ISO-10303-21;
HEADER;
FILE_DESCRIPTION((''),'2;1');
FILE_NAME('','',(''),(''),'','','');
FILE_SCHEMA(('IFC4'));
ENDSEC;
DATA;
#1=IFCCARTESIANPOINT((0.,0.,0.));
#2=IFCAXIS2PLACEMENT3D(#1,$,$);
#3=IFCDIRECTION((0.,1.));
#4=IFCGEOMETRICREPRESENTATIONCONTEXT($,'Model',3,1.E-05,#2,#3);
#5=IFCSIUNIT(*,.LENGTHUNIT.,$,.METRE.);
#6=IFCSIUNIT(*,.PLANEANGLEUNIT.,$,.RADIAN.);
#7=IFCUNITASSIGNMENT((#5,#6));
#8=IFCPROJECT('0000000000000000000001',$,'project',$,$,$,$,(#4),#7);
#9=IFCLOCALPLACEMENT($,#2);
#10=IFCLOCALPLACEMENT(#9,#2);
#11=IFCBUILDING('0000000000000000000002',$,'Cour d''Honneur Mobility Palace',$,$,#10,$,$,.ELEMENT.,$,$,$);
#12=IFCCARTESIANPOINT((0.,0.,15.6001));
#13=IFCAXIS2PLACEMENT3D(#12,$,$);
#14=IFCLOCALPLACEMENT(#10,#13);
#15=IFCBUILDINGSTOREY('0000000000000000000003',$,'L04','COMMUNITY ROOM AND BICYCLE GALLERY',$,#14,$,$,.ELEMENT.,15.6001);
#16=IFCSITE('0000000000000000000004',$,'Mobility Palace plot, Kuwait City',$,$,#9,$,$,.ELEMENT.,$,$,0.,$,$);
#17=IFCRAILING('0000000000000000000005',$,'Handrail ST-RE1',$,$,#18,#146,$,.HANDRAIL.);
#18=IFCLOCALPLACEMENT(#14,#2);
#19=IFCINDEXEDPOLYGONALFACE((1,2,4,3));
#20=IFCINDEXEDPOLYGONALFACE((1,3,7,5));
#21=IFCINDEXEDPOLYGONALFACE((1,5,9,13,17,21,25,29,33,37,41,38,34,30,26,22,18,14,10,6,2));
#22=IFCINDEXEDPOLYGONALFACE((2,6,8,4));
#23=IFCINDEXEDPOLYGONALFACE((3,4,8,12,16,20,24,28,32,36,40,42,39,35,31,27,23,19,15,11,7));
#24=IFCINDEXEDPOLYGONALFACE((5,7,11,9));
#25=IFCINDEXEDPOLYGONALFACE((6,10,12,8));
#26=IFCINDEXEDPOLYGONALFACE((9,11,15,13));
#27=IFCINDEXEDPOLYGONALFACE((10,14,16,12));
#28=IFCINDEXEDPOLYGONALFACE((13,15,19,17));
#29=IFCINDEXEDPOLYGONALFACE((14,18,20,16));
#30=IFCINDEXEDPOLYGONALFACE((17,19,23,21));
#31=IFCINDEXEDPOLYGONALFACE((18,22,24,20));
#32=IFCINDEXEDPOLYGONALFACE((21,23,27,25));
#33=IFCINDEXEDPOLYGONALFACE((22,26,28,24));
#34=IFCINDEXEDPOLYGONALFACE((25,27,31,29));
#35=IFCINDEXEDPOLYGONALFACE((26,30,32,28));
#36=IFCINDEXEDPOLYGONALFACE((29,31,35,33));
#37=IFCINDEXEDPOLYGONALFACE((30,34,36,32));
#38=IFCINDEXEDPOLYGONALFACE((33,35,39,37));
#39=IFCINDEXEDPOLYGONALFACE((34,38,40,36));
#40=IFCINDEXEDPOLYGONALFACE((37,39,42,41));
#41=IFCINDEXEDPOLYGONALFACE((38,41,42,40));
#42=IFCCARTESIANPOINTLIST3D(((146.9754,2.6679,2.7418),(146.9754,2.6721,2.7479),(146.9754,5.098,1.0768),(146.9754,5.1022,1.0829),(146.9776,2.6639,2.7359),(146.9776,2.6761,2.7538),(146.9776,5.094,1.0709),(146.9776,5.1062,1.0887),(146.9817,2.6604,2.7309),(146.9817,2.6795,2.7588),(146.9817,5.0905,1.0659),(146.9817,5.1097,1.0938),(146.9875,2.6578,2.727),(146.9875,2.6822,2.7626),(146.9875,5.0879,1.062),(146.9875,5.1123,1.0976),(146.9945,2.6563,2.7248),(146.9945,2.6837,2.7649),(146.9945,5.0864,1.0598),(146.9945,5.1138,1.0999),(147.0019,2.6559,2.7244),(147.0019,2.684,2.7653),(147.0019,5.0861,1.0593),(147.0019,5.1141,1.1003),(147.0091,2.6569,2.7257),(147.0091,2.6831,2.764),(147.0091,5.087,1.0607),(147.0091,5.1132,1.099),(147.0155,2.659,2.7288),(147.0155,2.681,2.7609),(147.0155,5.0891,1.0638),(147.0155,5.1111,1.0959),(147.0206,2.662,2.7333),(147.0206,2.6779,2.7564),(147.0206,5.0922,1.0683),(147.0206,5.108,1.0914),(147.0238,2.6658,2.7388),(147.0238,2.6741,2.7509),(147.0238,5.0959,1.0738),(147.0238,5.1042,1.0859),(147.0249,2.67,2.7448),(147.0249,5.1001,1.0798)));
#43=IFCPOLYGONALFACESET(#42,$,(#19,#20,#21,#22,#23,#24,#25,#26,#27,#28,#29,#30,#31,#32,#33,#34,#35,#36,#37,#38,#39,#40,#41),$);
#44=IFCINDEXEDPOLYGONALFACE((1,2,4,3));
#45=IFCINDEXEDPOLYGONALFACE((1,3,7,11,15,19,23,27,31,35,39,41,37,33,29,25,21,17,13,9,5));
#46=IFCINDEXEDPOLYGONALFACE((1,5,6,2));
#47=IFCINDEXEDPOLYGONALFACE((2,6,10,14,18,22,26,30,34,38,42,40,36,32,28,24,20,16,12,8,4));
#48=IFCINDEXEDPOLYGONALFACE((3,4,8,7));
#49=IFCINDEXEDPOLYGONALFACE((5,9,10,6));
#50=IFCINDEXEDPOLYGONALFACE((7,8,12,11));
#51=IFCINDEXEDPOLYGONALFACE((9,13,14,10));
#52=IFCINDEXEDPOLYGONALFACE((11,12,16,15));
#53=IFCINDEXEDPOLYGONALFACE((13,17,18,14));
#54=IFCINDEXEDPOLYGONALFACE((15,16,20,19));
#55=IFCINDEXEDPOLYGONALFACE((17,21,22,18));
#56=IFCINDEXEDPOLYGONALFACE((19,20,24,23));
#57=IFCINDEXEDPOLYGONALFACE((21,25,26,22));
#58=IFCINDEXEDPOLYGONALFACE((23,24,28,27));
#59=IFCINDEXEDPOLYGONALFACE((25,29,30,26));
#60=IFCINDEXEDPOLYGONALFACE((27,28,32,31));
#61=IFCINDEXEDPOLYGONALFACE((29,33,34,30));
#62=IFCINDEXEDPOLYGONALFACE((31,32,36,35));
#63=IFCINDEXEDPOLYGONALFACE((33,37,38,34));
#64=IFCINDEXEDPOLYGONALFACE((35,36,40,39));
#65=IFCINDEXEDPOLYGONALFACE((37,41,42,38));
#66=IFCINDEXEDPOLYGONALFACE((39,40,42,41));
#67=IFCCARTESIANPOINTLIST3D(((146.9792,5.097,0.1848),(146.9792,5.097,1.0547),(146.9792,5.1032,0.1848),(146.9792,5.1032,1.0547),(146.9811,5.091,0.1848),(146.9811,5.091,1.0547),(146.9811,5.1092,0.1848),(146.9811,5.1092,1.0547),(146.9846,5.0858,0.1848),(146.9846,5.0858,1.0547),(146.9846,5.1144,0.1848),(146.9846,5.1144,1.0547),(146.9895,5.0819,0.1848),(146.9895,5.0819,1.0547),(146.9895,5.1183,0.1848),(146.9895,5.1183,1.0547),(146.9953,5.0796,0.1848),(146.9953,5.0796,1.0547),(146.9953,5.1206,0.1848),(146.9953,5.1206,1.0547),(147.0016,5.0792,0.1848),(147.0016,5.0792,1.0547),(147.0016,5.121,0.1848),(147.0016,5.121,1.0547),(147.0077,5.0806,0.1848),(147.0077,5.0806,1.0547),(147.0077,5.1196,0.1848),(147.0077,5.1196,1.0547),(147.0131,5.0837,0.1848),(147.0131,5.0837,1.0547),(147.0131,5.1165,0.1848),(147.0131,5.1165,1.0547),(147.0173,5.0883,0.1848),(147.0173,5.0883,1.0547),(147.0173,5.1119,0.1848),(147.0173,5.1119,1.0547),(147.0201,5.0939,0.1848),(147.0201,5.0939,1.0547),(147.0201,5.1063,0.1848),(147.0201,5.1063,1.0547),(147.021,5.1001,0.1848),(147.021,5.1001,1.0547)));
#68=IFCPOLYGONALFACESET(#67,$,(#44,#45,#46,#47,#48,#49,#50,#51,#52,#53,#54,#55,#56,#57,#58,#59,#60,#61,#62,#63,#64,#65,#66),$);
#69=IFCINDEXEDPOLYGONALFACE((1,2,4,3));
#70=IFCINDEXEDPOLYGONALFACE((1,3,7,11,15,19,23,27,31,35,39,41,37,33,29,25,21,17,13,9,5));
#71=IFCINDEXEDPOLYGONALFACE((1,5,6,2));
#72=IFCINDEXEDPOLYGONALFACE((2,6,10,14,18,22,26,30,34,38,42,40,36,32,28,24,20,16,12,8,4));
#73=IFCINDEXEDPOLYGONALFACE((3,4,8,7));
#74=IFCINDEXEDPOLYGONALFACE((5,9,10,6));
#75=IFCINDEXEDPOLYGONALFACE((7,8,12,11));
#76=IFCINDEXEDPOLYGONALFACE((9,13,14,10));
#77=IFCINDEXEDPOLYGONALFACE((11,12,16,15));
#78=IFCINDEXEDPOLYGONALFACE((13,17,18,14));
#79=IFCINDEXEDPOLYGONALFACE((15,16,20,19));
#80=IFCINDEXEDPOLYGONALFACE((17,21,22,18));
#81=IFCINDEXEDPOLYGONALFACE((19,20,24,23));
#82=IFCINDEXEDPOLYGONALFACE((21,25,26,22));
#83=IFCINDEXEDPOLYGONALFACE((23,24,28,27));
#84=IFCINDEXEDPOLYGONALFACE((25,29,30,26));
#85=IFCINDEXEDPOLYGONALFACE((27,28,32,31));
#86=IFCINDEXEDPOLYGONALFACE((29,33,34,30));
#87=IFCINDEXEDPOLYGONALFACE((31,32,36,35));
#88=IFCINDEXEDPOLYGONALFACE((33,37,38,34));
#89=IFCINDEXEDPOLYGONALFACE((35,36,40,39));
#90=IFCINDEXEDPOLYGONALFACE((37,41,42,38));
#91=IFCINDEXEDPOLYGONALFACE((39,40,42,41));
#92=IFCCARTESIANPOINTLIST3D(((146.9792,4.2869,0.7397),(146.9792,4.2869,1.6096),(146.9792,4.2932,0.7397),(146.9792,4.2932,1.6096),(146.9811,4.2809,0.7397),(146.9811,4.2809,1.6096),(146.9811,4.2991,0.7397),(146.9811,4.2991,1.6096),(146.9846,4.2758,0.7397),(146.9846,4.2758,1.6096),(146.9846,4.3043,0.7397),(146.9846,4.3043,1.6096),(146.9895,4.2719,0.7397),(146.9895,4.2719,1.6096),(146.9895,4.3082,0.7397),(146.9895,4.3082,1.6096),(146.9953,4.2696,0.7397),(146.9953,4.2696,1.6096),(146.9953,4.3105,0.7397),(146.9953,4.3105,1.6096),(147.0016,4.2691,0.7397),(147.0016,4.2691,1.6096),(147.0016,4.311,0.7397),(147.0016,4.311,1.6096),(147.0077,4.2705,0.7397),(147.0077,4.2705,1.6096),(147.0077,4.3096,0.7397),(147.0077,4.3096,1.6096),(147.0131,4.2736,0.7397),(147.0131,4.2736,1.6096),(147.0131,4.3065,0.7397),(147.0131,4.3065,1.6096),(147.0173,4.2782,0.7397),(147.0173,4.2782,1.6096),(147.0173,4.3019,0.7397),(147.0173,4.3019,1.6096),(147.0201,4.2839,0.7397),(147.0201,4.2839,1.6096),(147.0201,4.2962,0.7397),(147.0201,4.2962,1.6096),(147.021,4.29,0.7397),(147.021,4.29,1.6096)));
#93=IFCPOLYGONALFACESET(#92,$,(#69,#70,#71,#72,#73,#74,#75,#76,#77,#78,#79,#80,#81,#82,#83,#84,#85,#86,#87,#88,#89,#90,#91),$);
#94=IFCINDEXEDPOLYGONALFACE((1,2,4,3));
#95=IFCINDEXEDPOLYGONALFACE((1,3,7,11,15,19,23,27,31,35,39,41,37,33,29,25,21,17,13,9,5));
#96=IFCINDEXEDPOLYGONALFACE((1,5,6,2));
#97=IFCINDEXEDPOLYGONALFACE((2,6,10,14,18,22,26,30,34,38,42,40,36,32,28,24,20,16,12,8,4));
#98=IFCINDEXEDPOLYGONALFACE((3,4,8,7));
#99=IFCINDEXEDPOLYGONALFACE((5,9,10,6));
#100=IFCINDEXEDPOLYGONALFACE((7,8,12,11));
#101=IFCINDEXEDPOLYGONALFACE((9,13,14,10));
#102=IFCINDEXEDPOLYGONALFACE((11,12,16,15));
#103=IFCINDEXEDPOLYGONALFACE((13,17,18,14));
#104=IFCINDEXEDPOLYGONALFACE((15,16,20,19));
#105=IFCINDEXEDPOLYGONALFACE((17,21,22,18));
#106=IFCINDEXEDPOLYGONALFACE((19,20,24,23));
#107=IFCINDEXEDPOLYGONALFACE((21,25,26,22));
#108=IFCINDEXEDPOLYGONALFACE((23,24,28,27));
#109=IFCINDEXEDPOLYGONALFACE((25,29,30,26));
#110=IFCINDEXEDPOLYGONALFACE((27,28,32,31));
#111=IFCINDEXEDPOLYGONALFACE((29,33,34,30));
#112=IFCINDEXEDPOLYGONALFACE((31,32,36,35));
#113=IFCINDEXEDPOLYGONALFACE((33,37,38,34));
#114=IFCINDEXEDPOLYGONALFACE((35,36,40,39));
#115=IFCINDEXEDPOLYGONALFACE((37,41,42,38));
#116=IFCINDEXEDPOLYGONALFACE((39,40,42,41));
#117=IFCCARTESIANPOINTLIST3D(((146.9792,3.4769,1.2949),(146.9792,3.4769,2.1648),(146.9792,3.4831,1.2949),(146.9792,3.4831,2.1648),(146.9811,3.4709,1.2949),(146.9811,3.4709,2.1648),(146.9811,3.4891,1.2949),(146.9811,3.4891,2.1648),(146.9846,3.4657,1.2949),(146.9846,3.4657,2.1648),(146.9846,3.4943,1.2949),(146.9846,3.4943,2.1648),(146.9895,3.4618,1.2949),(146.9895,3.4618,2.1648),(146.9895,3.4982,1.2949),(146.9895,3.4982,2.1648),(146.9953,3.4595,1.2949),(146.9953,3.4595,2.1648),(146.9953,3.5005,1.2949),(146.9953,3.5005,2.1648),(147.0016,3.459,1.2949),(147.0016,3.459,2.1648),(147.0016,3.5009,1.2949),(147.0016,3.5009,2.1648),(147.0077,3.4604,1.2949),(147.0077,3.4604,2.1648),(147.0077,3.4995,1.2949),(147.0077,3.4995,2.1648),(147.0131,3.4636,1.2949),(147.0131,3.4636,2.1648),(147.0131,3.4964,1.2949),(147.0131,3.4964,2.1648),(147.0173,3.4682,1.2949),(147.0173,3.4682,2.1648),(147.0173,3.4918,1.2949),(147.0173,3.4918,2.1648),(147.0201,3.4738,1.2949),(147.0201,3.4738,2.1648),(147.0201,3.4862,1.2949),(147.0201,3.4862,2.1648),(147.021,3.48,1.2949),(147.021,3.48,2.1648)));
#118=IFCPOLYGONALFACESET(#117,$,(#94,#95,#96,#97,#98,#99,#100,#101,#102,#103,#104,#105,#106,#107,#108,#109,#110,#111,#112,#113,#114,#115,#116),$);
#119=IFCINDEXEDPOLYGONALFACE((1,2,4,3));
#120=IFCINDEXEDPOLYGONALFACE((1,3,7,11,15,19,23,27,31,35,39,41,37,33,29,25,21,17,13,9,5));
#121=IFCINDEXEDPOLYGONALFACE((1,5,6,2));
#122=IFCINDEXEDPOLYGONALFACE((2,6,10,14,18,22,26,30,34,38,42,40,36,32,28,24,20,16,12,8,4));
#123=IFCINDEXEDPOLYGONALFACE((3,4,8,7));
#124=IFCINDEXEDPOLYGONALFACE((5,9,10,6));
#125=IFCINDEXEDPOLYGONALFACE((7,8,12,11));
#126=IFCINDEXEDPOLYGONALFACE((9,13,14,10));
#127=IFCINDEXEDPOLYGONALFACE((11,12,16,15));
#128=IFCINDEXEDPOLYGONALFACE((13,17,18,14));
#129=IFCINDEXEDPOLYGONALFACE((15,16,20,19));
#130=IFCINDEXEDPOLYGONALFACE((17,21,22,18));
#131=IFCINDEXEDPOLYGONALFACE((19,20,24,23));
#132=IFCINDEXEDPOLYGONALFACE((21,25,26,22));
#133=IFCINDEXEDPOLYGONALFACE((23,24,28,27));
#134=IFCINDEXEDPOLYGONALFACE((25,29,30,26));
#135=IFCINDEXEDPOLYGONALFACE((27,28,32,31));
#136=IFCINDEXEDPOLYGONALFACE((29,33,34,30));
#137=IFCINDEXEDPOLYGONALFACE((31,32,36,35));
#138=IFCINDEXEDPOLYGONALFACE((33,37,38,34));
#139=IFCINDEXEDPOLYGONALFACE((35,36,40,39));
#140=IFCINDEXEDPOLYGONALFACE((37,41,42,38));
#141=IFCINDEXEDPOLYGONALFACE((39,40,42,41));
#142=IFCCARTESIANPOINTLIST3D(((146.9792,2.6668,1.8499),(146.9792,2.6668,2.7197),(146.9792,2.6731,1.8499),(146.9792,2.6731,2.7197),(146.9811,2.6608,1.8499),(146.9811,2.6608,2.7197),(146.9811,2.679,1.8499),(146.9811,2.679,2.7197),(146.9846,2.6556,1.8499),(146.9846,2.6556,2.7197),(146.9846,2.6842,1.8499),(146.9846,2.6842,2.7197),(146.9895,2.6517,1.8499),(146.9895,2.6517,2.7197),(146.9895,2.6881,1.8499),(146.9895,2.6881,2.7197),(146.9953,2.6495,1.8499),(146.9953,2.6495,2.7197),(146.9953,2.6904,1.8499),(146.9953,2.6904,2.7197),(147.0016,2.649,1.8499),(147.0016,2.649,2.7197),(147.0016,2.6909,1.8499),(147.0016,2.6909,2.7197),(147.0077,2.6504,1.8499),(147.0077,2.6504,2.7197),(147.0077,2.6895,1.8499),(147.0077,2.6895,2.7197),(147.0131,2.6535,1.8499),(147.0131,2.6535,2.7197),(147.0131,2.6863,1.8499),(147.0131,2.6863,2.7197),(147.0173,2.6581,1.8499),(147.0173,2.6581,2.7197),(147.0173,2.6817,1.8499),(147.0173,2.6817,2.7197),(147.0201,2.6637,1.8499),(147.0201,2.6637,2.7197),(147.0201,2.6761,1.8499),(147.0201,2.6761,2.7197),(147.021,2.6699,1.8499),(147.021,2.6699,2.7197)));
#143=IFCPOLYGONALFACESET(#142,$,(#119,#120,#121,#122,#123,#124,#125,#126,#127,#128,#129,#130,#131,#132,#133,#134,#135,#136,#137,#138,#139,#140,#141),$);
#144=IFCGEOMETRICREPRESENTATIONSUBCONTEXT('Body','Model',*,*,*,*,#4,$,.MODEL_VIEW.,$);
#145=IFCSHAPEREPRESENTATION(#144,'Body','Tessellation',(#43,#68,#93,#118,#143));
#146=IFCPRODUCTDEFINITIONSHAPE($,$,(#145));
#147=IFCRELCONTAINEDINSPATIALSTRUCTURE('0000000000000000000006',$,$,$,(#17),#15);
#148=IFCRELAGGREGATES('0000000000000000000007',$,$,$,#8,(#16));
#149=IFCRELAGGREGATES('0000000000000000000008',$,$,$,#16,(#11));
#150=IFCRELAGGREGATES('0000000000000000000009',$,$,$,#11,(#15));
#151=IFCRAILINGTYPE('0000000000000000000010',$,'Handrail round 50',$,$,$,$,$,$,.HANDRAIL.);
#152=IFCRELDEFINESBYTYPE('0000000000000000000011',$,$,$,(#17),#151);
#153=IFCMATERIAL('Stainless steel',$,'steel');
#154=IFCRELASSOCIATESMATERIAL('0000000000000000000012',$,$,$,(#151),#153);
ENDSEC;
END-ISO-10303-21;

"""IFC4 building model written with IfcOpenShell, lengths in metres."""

from ifc_helpers import new_model, si_unit, direction, frame, origin, origin_2d, place, context, subcontext, project, spatial, circle, extrude, material, type_object, element, save


model = new_model("IFC4")

# Units and contexts
model_context = context("Model", 3, precision=1e-05, world=origin(), true_north=direction((0.0, 1.0)))
body_context = subcontext(model_context, "Body", "Model", "MODEL_VIEW")
ifc_project = project(units=[si_unit("LENGTHUNIT", "METRE"), si_unit("PLANEANGLEUNIT", "RADIAN")], contexts=[model_context])

# Site, building, storey
site_placement = place(None, origin())
site = spatial("IfcSite", under=ifc_project, at=site_placement, Name="Mobility Palace plot, Kuwait City", CompositionType="ELEMENT", RefElevation=0.0)
building_placement = place(site_placement, origin())
building = spatial("IfcBuilding", under=site, at=building_placement, Name="Cour d'Honneur Mobility Palace", CompositionType="ELEMENT")
storey_placement = place(building_placement, frame((0.0, 0.0, 15.6001)))
storey = spatial("IfcBuildingStorey", under=building, at=storey_placement, Name="L04", Description="COMMUNITY ROOM AND BICYCLE GALLERY", CompositionType="ELEMENT", Elevation=15.6001)

# Railing
ifc_material_1 = material(Name="Stainless steel", Category="steel")
railing_type_1 = type_object("IfcRailingType", Name="Handrail round 50", PredefinedType="HANDRAIL", material=ifc_material_1)
for number, where, name in (
    (1, (147.0, 5.1001, 0.1848), "Handrail ST-RE1"),
):
    element("IfcRailing", number, at=place(storey_placement, frame(where)), inside=storey, type_object=railing_type_1, Name=name, PredefinedType="HANDRAIL", context=body_context, shape_type="SweptSolid", body=[
        extrude(circle(Radius=0.0249, at=origin_2d()), frame((0.0, 0.0, 0.895), z_axis=(0.0, -0.824945, 0.565213), x_axis=(1.0, 0.0, 0.0)), (0.0, 0.0, 1.0), 2.9458),
        extrude(circle(Radius=0.021, at=origin_2d()), origin(), (0.0, 0.0, 1.0), 0.8699),
        extrude(circle(Radius=0.021, at=origin_2d()), frame((0.0, -0.8101, 0.5549)), (0.0, 0.0, 1.0), 0.8699),
        extrude(circle(Radius=0.021, at=origin_2d()), frame((0.0, -1.6201, 1.1101)), (0.0, 0.0, 1.0), 0.8699),
        extrude(circle(Radius=0.021, at=origin_2d()), frame((0.0, -2.4302, 1.665)), (0.0, 0.0, 1.0), 0.8699),
    ])

save(model, "model.ifc")
